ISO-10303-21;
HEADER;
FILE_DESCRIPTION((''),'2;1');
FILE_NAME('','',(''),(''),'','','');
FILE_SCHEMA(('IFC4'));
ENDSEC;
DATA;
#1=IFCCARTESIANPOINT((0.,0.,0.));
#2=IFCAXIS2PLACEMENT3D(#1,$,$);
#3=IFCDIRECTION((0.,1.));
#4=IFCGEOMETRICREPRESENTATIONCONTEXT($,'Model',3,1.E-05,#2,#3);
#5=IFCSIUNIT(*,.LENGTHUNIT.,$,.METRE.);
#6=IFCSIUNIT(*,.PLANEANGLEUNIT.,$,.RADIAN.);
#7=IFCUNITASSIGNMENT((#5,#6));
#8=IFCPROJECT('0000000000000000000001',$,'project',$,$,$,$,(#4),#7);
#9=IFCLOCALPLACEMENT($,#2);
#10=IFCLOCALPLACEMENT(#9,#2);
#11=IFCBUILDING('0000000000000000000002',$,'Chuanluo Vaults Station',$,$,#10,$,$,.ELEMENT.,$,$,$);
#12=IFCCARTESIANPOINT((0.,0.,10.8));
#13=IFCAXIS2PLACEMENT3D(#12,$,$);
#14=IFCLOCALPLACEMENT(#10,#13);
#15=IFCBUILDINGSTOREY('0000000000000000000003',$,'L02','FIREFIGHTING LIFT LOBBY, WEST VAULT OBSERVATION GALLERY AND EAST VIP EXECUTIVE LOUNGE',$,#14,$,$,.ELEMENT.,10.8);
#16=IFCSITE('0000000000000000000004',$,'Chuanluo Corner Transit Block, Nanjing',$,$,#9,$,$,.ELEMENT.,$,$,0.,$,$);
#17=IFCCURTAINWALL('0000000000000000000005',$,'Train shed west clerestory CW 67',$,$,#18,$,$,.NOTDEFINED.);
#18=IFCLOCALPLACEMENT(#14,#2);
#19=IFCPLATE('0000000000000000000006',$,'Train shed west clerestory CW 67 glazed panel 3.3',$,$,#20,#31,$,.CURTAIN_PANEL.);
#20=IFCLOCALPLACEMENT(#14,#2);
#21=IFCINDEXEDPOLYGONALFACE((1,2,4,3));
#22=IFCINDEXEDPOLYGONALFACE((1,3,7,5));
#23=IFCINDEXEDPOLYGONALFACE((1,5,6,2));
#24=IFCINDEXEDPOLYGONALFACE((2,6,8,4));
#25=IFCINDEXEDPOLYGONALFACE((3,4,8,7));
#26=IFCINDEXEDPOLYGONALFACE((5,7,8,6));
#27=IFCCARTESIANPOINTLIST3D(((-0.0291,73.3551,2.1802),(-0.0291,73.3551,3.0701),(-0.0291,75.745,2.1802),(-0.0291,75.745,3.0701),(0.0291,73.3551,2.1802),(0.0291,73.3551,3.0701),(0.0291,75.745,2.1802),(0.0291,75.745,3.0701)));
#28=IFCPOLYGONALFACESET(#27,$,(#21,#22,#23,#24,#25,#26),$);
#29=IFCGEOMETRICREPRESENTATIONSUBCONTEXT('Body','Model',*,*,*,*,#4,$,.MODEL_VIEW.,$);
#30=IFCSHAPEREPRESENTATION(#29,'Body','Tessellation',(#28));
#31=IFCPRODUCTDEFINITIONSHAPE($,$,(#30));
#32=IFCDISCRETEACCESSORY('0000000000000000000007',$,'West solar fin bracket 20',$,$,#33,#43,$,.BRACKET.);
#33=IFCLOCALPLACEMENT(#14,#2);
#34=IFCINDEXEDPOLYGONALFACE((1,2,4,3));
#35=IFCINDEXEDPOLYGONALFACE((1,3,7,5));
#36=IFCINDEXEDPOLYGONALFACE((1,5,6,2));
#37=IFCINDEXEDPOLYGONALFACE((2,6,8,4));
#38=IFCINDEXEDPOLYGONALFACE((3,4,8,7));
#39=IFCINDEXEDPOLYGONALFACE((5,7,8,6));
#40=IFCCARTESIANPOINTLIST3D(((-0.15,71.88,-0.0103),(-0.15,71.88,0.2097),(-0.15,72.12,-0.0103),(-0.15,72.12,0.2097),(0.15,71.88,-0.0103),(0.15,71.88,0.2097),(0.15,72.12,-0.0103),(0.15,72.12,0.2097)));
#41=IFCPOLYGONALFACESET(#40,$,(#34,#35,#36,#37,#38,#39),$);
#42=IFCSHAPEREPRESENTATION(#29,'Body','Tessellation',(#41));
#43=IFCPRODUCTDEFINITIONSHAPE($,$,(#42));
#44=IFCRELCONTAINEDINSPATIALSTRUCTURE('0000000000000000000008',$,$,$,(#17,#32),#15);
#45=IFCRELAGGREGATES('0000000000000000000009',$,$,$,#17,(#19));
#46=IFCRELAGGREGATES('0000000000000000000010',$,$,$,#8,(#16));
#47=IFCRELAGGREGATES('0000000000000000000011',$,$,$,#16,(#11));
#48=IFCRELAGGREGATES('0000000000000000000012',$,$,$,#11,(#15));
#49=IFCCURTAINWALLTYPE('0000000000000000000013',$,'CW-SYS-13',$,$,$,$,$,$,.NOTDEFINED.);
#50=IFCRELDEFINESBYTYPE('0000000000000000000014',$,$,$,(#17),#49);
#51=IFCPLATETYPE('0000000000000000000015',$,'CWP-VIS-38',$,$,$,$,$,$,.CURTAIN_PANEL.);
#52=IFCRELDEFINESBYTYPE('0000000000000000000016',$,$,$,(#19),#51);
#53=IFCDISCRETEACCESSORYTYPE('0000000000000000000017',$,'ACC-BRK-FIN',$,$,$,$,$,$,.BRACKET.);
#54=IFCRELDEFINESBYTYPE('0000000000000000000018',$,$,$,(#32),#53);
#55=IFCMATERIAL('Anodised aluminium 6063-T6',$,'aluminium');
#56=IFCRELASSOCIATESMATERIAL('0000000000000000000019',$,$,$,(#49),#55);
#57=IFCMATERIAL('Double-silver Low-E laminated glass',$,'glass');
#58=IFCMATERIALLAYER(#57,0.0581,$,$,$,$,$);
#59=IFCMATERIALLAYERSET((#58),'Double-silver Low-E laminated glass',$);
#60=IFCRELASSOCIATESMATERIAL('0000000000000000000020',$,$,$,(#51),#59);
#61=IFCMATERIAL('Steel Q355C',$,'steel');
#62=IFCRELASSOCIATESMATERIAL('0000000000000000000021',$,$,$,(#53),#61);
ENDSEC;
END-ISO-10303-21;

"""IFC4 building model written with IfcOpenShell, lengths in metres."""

from ifc_helpers import new_model, si_unit, direction, frame, origin, origin_2d, place, context, subcontext, project, spatial, rectangle, extrude, material, layer, layer_set, type_object, element, aggregate, save


model = new_model("IFC4")

# Units and contexts
model_context = context("Model", 3, precision=1e-05, world=origin(), true_north=direction((0.0, 1.0)))
body_context = subcontext(model_context, "Body", "Model", "MODEL_VIEW")
ifc_project = project(units=[si_unit("LENGTHUNIT", "METRE"), si_unit("PLANEANGLEUNIT", "RADIAN")], contexts=[model_context])

# Site, building, storey
site_placement = place(None, origin())
site = spatial("IfcSite", under=ifc_project, at=site_placement, Name="Chuanluo Corner Transit Block, Nanjing", CompositionType="ELEMENT", RefElevation=0.0)
building_placement = place(site_placement, origin())
building = spatial("IfcBuilding", under=site, at=building_placement, Name="Chuanluo Vaults Station", CompositionType="ELEMENT")
storey_placement = place(building_placement, frame((0.0, 0.0, 10.8)))
storey = spatial("IfcBuildingStorey", under=building, at=storey_placement, Name="L02", Description="FIREFIGHTING LIFT LOBBY, WEST VAULT OBSERVATION GALLERY AND EAST VIP EXECUTIVE LOUNGE", CompositionType="ELEMENT", Elevation=10.8)

# Curtain wall
ifc_material_1 = material(Name="Anodised aluminium 6063-T6", Category="aluminium")
curtain_wall_type = type_object("IfcCurtainWallType", Name="CW-SYS-13", PredefinedType="NOTDEFINED", material=ifc_material_1)
curtain_wall_placement = place(storey_placement, origin())
curtain_wall = element("IfcCurtainWall", 1, at=curtain_wall_placement, inside=storey, type_object=curtain_wall_type, Name="Train shed west clerestory CW 67", PredefinedType="NOTDEFINED")

# Plate
ifc_material_2 = material(Name="Double-silver Low-E laminated glass", Category="glass")
ifc_layer_1 = layer(ifc_material_2, 0.0581)
ifc_layer_set_1 = layer_set([ifc_layer_1], Name="Double-silver Low-E laminated glass")
plate_type_1 = type_object("IfcPlateType", Name="CWP-VIS-38", PredefinedType="CURTAIN_PANEL", material=ifc_layer_set_1)
plate_1_placement = place(storey_placement, frame((0.0, 74.55, 2.1802), z_axis=(0.0, 0.0, 1.0), x_axis=(0.0, 1.0, 0.0)))
plate_1 = element("IfcPlate", 2, at=plate_1_placement, type_object=plate_type_1, Name="Train shed west clerestory CW 67 glazed panel 3.3", PredefinedType="CURTAIN_PANEL", context=body_context, shape_type="SweptSolid", body=[
    extrude(rectangle(XDim=2.3899, YDim=0.0581, at=origin_2d()), origin(), (0.0, 0.0, 1.0), 0.8899),
])
aggregate(curtain_wall, [plate_1])

# Discrete accessory
ifc_material_3 = material(Name="Steel Q355C", Category="steel")
discrete_accessory_type = type_object("IfcDiscreteAccessoryType", Name="ACC-BRK-FIN", PredefinedType="BRACKET", material=ifc_material_3)
discrete_accessory_placement = place(storey_placement, frame((0.0, 72.0, -0.0103), z_axis=(0.0, 0.0, 1.0), x_axis=(1.0, 0.0, 0.0)))
element("IfcDiscreteAccessory", 3, at=discrete_accessory_placement, inside=storey, type_object=discrete_accessory_type, Name="West solar fin bracket 20", PredefinedType="BRACKET", context=body_context, shape_type="SweptSolid", body=[
    extrude(rectangle(XDim=0.3, YDim=0.24, at=origin_2d()), origin(), (0.0, 0.0, 1.0), 0.22),
])

save(model, "model.ifc")
